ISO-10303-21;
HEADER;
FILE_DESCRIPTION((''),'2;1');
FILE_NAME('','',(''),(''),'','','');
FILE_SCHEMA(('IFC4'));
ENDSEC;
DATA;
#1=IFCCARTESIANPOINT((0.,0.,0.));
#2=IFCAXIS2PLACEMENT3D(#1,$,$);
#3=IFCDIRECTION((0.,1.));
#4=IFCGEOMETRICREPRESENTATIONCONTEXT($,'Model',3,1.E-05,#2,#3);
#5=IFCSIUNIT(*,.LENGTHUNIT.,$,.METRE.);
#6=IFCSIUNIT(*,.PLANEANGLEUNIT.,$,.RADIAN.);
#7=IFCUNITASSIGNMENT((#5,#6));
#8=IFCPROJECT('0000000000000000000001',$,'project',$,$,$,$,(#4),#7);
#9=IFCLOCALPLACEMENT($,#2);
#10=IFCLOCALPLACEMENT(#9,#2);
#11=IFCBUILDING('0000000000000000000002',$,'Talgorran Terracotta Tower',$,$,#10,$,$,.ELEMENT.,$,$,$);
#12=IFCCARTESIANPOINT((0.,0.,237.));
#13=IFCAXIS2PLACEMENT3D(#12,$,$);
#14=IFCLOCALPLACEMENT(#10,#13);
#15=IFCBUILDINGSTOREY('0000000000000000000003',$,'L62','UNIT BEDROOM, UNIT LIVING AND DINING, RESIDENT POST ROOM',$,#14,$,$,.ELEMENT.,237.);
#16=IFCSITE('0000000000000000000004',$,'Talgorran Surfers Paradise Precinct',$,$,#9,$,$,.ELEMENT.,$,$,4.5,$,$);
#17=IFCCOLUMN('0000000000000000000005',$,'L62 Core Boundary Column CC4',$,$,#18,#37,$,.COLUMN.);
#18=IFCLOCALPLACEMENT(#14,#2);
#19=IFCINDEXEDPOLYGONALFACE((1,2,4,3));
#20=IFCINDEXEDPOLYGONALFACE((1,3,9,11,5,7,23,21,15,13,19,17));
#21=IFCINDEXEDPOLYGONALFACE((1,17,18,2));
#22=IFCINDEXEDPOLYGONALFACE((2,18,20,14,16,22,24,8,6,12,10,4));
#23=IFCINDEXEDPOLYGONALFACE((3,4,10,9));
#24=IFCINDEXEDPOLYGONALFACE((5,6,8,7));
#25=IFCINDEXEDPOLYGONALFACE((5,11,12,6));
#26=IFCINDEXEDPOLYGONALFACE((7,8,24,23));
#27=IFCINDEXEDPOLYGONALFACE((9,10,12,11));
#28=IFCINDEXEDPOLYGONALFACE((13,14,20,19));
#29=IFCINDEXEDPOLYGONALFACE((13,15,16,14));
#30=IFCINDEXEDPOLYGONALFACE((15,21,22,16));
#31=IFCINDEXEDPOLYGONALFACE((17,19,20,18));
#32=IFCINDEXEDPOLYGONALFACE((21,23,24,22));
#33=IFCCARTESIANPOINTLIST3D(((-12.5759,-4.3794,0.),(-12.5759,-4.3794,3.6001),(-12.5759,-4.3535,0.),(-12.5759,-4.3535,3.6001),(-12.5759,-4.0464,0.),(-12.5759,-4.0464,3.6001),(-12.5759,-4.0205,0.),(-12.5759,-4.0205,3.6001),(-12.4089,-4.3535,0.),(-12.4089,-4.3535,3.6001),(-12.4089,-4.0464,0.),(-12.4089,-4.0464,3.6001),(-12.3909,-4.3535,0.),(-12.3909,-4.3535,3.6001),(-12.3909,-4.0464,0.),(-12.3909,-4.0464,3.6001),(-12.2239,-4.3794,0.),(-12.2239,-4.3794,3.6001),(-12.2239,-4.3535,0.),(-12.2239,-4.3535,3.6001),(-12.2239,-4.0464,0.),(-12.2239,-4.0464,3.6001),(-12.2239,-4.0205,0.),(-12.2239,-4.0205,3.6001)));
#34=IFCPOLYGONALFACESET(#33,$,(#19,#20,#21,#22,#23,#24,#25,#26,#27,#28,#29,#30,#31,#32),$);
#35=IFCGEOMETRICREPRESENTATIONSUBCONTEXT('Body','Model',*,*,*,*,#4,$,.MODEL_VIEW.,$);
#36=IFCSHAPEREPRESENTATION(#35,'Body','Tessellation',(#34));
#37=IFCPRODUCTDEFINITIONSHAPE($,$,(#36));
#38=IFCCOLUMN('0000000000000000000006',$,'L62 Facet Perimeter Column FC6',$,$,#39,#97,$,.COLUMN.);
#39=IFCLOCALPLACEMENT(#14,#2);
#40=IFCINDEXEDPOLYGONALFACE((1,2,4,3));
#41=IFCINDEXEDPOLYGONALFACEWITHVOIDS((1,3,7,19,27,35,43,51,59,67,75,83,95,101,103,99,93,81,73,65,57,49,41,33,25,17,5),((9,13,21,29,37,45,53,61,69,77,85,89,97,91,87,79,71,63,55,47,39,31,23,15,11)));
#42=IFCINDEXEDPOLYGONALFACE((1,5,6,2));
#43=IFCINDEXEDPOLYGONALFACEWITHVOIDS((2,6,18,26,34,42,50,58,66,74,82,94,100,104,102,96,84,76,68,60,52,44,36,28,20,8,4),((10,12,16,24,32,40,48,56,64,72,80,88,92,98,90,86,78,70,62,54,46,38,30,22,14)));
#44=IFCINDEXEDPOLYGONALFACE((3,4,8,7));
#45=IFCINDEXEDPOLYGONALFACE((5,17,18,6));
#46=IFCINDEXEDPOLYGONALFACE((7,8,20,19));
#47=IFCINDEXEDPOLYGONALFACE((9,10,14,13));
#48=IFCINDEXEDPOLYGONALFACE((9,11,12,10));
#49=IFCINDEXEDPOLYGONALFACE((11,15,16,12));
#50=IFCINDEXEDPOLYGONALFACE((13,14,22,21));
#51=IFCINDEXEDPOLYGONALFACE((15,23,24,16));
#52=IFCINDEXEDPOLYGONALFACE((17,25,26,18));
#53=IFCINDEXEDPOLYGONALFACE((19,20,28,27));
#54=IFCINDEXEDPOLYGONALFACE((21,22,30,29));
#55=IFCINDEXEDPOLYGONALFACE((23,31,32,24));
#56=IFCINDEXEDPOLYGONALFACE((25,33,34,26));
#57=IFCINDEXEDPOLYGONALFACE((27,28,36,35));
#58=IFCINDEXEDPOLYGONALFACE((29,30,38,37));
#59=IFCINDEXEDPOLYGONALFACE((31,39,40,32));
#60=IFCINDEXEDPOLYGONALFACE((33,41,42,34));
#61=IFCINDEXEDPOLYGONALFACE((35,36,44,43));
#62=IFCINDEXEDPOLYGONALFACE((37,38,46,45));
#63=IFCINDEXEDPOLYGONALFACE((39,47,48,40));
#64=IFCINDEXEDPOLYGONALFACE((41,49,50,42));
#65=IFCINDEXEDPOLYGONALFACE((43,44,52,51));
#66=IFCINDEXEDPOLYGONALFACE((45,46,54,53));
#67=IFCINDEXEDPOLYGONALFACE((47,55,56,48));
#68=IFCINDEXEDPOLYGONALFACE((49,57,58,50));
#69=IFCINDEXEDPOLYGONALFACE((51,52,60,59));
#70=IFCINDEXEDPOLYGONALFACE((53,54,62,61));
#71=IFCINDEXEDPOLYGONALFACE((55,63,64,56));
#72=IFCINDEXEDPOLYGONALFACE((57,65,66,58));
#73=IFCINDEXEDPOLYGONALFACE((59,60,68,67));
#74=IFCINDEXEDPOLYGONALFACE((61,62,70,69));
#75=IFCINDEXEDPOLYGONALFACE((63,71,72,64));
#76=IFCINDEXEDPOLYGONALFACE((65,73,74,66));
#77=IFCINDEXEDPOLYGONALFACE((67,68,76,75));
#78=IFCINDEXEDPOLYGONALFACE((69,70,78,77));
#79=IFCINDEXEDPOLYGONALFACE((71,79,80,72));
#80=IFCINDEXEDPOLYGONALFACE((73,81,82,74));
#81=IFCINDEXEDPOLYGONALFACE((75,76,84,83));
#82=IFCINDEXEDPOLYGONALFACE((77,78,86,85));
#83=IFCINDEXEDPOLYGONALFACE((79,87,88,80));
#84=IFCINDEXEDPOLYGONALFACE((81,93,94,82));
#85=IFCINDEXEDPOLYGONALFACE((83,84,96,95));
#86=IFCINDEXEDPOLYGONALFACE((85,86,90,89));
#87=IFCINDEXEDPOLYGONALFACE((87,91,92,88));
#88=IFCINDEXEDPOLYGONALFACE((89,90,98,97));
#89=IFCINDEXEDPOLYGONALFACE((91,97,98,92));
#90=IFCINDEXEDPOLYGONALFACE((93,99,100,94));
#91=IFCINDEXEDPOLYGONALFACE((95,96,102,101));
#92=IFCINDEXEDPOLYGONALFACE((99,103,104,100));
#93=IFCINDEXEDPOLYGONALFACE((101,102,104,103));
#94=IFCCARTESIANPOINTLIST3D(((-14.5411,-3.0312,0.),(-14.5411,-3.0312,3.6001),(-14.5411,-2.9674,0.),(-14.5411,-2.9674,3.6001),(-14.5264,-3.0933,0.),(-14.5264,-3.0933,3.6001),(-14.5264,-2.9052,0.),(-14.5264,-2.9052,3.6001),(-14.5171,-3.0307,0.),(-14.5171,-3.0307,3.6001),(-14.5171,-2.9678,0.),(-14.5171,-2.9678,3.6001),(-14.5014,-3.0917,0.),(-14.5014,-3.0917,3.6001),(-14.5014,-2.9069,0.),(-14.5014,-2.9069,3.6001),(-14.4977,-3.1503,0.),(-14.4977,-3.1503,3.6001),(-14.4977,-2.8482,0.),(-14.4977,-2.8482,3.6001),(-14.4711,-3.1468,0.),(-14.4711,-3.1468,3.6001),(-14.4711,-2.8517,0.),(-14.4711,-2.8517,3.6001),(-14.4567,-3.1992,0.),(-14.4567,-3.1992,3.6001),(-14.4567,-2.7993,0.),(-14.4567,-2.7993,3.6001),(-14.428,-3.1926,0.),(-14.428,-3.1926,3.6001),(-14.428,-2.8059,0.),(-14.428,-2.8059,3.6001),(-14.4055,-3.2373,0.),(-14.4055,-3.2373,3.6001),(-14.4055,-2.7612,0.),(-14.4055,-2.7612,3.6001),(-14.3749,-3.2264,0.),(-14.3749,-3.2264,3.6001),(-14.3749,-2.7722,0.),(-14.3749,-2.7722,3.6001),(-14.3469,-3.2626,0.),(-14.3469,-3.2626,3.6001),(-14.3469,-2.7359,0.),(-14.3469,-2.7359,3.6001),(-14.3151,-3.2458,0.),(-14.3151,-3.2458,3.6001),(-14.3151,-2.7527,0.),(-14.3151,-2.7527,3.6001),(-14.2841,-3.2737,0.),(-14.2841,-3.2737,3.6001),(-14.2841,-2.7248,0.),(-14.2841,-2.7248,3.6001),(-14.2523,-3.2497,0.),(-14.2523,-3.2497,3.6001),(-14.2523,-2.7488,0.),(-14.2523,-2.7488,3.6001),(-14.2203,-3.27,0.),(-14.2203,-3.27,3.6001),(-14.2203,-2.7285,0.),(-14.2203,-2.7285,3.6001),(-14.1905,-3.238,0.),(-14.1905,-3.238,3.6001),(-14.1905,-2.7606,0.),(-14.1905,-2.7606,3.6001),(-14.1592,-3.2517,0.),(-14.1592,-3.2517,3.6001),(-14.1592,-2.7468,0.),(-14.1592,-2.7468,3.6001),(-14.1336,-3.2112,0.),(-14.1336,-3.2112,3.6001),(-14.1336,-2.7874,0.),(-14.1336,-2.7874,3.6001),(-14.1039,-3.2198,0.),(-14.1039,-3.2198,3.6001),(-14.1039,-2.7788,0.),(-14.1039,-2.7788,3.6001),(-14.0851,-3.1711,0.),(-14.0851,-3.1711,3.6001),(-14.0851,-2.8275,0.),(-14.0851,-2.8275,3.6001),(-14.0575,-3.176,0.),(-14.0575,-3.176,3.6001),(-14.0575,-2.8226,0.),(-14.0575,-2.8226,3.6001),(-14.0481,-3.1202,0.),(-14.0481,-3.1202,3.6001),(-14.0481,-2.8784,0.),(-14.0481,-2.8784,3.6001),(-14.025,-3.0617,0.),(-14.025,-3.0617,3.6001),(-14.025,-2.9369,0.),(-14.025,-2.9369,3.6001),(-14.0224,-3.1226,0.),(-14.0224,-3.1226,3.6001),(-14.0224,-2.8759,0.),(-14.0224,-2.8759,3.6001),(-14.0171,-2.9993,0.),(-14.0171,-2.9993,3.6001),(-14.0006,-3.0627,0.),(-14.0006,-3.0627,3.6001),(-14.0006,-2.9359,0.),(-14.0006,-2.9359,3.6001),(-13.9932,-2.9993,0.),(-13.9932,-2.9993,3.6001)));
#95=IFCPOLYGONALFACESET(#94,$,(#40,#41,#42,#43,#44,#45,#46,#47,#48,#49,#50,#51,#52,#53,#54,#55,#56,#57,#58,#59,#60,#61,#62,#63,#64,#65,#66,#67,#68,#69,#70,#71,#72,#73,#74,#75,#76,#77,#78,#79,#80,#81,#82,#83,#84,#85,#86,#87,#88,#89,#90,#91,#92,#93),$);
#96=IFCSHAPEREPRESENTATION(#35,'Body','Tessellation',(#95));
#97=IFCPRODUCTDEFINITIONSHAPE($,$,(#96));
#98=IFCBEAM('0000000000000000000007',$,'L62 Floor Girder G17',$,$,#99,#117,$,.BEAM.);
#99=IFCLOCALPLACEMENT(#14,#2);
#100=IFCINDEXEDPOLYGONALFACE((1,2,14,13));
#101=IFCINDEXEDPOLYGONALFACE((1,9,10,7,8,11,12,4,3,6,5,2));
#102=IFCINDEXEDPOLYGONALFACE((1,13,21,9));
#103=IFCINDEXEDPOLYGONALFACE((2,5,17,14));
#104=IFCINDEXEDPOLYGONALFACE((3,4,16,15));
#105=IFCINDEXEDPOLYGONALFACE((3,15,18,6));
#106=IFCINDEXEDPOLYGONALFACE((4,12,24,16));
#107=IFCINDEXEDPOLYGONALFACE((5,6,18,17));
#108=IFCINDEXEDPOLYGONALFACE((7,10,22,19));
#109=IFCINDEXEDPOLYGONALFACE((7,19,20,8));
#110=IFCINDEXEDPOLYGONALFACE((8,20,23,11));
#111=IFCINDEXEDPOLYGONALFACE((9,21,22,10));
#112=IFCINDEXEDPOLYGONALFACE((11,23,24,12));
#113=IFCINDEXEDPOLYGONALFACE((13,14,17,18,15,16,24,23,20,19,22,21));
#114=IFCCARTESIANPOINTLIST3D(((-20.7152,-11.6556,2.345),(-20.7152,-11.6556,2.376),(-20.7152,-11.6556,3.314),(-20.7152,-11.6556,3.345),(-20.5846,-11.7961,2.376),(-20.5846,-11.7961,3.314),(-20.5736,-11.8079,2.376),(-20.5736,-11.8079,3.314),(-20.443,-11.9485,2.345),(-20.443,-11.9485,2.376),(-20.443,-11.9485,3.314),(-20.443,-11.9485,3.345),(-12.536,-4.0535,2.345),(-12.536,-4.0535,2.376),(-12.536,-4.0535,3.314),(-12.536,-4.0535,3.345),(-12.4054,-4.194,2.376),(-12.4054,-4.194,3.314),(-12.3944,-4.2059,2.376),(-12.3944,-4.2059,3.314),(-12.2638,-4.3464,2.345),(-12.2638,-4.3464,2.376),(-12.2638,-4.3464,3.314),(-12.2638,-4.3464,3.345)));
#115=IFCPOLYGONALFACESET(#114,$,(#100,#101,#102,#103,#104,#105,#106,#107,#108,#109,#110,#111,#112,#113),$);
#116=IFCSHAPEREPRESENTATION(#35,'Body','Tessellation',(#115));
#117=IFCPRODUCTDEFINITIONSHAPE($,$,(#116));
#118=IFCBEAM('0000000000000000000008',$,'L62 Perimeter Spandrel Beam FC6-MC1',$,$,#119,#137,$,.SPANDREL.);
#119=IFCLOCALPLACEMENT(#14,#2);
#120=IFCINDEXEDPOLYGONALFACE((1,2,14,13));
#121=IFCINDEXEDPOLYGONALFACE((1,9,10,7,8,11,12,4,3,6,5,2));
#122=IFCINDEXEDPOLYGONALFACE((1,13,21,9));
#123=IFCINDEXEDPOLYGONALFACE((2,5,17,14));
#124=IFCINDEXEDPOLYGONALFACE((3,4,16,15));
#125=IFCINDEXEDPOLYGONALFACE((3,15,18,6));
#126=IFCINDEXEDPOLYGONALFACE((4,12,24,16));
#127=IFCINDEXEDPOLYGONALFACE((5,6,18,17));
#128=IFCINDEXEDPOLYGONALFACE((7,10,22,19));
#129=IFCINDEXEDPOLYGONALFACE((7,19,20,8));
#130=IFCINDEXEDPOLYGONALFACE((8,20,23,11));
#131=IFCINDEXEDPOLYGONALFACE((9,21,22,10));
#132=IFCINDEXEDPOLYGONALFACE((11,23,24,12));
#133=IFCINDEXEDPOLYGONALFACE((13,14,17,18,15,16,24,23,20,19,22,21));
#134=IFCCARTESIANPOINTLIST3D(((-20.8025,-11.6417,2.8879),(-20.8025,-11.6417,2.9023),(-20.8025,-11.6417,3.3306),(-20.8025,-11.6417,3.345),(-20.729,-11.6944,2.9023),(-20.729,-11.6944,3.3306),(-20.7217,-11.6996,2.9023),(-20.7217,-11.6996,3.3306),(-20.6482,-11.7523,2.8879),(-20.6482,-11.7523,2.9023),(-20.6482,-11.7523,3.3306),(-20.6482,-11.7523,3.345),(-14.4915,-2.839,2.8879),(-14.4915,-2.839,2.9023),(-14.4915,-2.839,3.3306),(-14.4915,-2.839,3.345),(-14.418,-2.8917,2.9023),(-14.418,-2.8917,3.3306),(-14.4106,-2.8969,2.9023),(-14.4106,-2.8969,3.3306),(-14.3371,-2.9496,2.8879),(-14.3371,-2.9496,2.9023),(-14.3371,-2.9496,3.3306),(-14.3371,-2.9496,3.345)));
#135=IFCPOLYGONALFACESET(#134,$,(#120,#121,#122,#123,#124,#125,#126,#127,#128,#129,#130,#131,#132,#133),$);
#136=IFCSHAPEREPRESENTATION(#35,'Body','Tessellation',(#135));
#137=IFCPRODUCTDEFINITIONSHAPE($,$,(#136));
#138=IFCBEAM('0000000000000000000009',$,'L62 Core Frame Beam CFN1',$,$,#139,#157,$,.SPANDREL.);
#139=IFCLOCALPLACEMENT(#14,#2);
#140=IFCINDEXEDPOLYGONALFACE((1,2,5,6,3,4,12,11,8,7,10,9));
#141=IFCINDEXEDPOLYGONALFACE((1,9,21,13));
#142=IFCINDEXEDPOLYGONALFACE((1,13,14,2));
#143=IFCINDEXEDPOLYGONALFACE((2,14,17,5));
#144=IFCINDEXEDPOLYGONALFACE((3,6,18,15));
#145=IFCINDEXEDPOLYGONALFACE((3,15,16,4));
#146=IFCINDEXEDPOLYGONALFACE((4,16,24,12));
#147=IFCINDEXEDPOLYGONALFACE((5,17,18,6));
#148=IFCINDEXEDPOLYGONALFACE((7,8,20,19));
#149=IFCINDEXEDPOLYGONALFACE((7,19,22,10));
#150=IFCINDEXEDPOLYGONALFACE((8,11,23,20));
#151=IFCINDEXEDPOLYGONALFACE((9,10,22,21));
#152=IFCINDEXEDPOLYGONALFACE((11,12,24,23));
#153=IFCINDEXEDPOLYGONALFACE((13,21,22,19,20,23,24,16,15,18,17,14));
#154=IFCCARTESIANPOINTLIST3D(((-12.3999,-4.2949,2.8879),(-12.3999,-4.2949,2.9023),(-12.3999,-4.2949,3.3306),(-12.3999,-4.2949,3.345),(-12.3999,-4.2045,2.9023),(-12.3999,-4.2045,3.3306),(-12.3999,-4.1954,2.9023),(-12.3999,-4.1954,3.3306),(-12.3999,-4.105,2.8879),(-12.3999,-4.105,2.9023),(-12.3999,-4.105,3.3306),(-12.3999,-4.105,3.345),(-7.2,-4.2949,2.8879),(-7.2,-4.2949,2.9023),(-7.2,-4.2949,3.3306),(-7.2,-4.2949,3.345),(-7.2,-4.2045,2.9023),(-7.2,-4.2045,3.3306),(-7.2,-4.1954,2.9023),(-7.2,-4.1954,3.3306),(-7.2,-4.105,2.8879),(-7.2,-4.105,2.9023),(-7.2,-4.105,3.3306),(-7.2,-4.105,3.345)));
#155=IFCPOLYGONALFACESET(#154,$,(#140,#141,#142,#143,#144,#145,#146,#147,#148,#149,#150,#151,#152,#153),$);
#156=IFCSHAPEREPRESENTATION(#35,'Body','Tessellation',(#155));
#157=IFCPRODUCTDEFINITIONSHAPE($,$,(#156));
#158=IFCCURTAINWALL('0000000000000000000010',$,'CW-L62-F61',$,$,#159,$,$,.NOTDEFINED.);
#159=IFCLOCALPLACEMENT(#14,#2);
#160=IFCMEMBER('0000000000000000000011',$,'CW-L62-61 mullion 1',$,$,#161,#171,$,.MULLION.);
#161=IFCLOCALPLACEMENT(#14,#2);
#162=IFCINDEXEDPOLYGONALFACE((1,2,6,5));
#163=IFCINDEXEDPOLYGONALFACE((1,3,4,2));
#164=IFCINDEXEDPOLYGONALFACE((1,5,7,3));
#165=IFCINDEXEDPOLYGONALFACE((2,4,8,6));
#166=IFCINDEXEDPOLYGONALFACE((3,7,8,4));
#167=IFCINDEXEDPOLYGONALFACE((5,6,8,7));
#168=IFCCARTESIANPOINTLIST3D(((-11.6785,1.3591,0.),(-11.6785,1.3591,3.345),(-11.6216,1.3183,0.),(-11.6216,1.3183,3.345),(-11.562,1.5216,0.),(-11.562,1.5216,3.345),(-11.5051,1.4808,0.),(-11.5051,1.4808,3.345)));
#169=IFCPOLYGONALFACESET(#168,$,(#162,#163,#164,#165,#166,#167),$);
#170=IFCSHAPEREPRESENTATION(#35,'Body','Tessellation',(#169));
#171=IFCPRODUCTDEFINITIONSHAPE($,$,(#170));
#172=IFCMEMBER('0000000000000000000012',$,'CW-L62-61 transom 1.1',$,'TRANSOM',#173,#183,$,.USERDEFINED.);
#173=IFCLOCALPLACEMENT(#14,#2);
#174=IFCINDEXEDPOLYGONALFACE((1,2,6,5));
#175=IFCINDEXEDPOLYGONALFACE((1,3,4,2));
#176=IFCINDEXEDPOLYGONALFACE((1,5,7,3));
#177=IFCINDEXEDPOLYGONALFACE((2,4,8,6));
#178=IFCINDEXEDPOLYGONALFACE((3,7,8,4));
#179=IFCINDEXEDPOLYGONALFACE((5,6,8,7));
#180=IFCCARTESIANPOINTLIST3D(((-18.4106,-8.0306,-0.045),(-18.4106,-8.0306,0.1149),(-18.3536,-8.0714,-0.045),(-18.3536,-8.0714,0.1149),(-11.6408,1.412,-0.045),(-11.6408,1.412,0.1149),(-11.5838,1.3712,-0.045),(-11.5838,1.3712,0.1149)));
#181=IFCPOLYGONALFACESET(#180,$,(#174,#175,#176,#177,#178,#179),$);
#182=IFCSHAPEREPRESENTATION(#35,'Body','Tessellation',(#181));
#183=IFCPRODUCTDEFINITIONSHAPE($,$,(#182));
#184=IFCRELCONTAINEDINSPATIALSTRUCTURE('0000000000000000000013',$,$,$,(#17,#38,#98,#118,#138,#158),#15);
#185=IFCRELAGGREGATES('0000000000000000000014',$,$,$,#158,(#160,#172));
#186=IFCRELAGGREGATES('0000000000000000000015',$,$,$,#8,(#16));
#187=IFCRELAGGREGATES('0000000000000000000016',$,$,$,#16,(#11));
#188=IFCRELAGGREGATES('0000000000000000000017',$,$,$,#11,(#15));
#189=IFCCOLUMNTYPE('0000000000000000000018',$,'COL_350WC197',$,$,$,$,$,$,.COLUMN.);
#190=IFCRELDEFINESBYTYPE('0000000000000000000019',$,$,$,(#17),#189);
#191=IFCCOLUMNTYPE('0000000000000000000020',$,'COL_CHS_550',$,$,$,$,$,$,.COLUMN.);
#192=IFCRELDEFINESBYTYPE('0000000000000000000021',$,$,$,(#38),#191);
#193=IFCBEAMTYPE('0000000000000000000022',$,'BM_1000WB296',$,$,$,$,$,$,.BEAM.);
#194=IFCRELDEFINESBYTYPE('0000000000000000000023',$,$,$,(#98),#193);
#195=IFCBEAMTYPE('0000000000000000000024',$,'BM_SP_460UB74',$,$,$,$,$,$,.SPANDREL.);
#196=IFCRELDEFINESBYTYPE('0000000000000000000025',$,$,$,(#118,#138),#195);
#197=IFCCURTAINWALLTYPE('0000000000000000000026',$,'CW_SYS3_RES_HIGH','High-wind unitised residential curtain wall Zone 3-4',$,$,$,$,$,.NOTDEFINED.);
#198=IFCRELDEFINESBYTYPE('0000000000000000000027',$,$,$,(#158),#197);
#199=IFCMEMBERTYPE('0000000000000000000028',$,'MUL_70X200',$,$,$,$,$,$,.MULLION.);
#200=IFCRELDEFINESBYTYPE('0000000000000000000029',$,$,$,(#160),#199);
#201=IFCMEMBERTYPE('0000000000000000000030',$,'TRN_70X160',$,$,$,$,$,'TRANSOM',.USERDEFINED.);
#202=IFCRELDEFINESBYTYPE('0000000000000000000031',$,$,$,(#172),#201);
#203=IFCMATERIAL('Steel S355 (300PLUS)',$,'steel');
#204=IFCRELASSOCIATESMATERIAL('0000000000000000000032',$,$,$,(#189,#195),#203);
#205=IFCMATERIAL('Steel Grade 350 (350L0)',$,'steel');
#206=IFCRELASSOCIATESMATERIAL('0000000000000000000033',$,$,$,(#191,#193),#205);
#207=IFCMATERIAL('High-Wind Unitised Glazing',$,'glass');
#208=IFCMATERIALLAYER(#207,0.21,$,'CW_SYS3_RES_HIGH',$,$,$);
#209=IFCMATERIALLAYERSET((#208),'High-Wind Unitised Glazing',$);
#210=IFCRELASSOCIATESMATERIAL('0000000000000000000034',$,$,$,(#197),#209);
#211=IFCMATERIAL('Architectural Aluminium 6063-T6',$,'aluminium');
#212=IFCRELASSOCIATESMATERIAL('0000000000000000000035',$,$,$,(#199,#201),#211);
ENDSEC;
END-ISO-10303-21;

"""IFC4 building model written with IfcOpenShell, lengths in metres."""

from ifc_helpers import new_model, si_unit, direction, frame, origin, origin_2d, place, context, subcontext, project, spatial, rectangle, hollow_circle, i_section, extrude, material, layer, layer_set, material_profile, profile_set, type_object, element, aggregate, save


model = new_model("IFC4")

# Units and contexts
model_context = context("Model", 3, precision=1e-05, world=origin(), true_north=direction((0.0, 1.0)))
body_context = subcontext(model_context, "Body", "Model", "MODEL_VIEW")
ifc_project = project(units=[si_unit("LENGTHUNIT", "METRE"), si_unit("PLANEANGLEUNIT", "RADIAN")], contexts=[model_context])

# Site, building, storey
site_placement = place(None, origin())
site = spatial("IfcSite", under=ifc_project, at=site_placement, Name="Talgorran Surfers Paradise Precinct", CompositionType="ELEMENT", RefElevation=4.5)
building_placement = place(site_placement, origin())
building = spatial("IfcBuilding", under=site, at=building_placement, Name="Talgorran Terracotta Tower", CompositionType="ELEMENT")
storey_placement = place(building_placement, frame((0.0, 0.0, 237.0)))
storey = spatial("IfcBuildingStorey", under=building, at=storey_placement, Name="L62", Description="UNIT BEDROOM, UNIT LIVING AND DINING, RESIDENT POST ROOM", CompositionType="ELEMENT", Elevation=237.0)

# Columns
ifc_material_1 = material(Name="Steel S355 (300PLUS)", Category="steel")
ifc_material_profile_1 = material_profile(ifc_material_1, i_section(OverallWidth=0.3521, OverallDepth=0.3589, WebThickness=0.0181, FlangeThickness=0.0259, at=origin_2d()), Name="350WC197")
ifc_profile_set_1 = profile_set([ifc_material_profile_1], Name="Steel S355 (300PLUS)")
column_type_1 = type_object("IfcColumnType", Name="COL_350WC197", PredefinedType="COLUMN", material=ifc_profile_set_1)
column_1_placement = place(storey_placement, frame((-12.3999, -4.2, 0.0), z_axis=(0.0, 0.0, 1.0), x_axis=(1.0, 0.0, 0.0)))
element("IfcColumn", 1, at=column_1_placement, inside=storey, type_object=column_type_1, Name="L62 Core Boundary Column CC4", PredefinedType="COLUMN", context=body_context, shape_type="SweptSolid", body=[
    extrude(i_section(OverallWidth=0.3521, OverallDepth=0.3589, WebThickness=0.0181, FlangeThickness=0.0259, at=origin_2d()), origin(), (0.0, 0.0, 1.0), 3.6001),
])
ifc_material_2 = material(Name="Steel Grade 350 (350L0)", Category="steel")
ifc_material_profile_2 = material_profile(ifc_material_2, hollow_circle(Radius=0.2749, WallThickness=0.0239, at=origin_2d()), Name="CHS550X24")
ifc_profile_set_2 = profile_set([ifc_material_profile_2], Name="Steel Grade 350 (350L0)")
column_type_2 = type_object("IfcColumnType", Name="COL_CHS_550", PredefinedType="COLUMN", material=ifc_profile_set_2)
column_2_placement = place(storey_placement, frame((-14.2681, -2.9993, 0.0), z_axis=(0.0, 0.0, 1.0), x_axis=(1.0, 0.0, 0.0)))
element("IfcColumn", 2, at=column_2_placement, inside=storey, type_object=column_type_2, Name="L62 Facet Perimeter Column FC6", PredefinedType="COLUMN", context=body_context, shape_type="SweptSolid", body=[
    extrude(hollow_circle(Radius=0.2749, WallThickness=0.0239, at=origin_2d()), origin(), (0.0, 0.0, 1.0), 3.6001),
])

# Beams
ifc_material_profile_3 = material_profile(ifc_material_2, i_section(OverallWidth=0.3999, OverallDepth=1.0, WebThickness=0.0161, FlangeThickness=0.031, at=origin_2d()), Name="1000WB296")
ifc_profile_set_3 = profile_set([ifc_material_profile_3], Name="Steel Grade 350 (350L0)")
beam_type_1 = type_object("IfcBeamType", Name="BM_1000WB296", PredefinedType="BEAM", material=ifc_profile_set_3)
beam_1_placement = place(storey_placement, frame((-12.3999, -4.2, 2.845), z_axis=(-0.732477, -0.680792, 0.0), x_axis=(0.680792, -0.732477, 0.0)))
element("IfcBeam", 3, at=beam_1_placement, inside=storey, type_object=beam_type_1, Name="L62 Floor Girder G17", PredefinedType="BEAM", context=body_context, shape_type="SweptSolid", body=[
    extrude(i_section(OverallWidth=0.3999, OverallDepth=1.0, WebThickness=0.0161, FlangeThickness=0.031, at=origin_2d()), origin(), (0.0, 0.0, 1.0), 11.1665),
])
ifc_material_profile_4 = material_profile(ifc_material_1, i_section(OverallWidth=0.1899, OverallDepth=0.457, WebThickness=0.009, FlangeThickness=0.0144, at=origin_2d()), Name="460UB74.6")
ifc_profile_set_4 = profile_set([ifc_material_profile_4], Name="Steel S355 (300PLUS)")
beam_type_2 = type_object("IfcBeamType", Name="BM_SP_460UB74", PredefinedType="SPANDREL", material=ifc_profile_set_4)
beam_2_placement = place(storey_placement, frame((-14.4143, -2.8943, 3.1165), z_axis=(-0.582666, -0.812712, 0.0), x_axis=(0.812712, -0.582666, 0.0)))
element("IfcBeam", 4, at=beam_2_placement, inside=storey, type_object=beam_type_2, Name="L62 Perimeter Spandrel Beam FC6-MC1", PredefinedType="SPANDREL", context=body_context, shape_type="SweptSolid", body=[
    extrude(i_section(OverallWidth=0.1899, OverallDepth=0.457, WebThickness=0.009, FlangeThickness=0.0144, at=origin_2d()), origin(), (0.0, 0.0, 1.0), 10.8313),
])
beam_3_placement = place(storey_placement, frame((-12.3999, -4.2, 3.1165), z_axis=(1.0, 0.0, 0.0), x_axis=(0.0, 1.0, 0.0)))
element("IfcBeam", 5, at=beam_3_placement, inside=storey, type_object=beam_type_2, Name="L62 Core Frame Beam CFN1", PredefinedType="SPANDREL", context=body_context, shape_type="SweptSolid", body=[
    extrude(i_section(OverallWidth=0.1899, OverallDepth=0.457, WebThickness=0.009, FlangeThickness=0.0144, at=origin_2d()), origin(), (0.0, 0.0, 1.0), 5.2),
])

# Curtain wall, members
ifc_material_3 = material(Name="High-Wind Unitised Glazing", Category="glass")
ifc_layer_1 = layer(ifc_material_3, 0.21, Name="CW_SYS3_RES_HIGH")
ifc_layer_set_1 = layer_set([ifc_layer_1], Name="High-Wind Unitised Glazing")
curtain_wall_type = type_object("IfcCurtainWallType", Name="CW_SYS3_RES_HIGH", Description="High-wind unitised residential curtain wall Zone 3-4", PredefinedType="NOTDEFINED", material=ifc_layer_set_1)
curtain_wall_placement = place(storey_placement, origin())
curtain_wall = element("IfcCurtainWall", 6, at=curtain_wall_placement, inside=storey, type_object=curtain_wall_type, Name="CW-L62-F61", PredefinedType="NOTDEFINED")
ifc_material_4 = material(Name="Architectural Aluminium 6063-T6", Category="aluminium")
ifc_material_profile_5 = material_profile(ifc_material_4, rectangle(XDim=0.0701, YDim=0.2, at=origin_2d()), Name="CWM70X200")
ifc_profile_set_5 = profile_set([ifc_material_profile_5], Name="Architectural Aluminium 6063-T6")
member_type_1 = type_object("IfcMemberType", Name="MUL_70X200", PredefinedType="MULLION", material=ifc_profile_set_5)
member_1_placement = place(storey_placement, frame((-11.5918, 1.4199, 0.0), z_axis=(0.0, 0.0, 1.0), x_axis=(0.812711, -0.582668, 0.0)))
member_1 = element("IfcMember", 7, at=member_1_placement, type_object=member_type_1, Name="CW-L62-61 mullion 1", PredefinedType="MULLION", context=body_context, shape_type="SweptSolid", body=[
    extrude(rectangle(XDim=0.0701, YDim=0.2, at=origin_2d()), origin(), (0.0, 0.0, 1.0), 3.345),
])
ifc_material_profile_6 = material_profile(ifc_material_4, rectangle(XDim=0.0701, YDim=0.1599, at=origin_2d()), Name="CWT70X160")
ifc_profile_set_6 = profile_set([ifc_material_profile_6], Name="Architectural Aluminium 6063-T6")
member_type_2 = type_object("IfcMemberType", Name="TRN_70X160", ElementType="TRANSOM", PredefinedType="USERDEFINED", material=ifc_profile_set_6)
member_2_placement = place(storey_placement, frame((-11.6123, 1.3916, 0.0349), z_axis=(-0.582664, -0.812713, 0.0), x_axis=(0.812713, -0.582664, 0.0)))
member_2 = element("IfcMember", 8, at=member_2_placement, type_object=member_type_2, Name="CW-L62-61 transom 1.1", ObjectType="TRANSOM", PredefinedType="USERDEFINED", context=body_context, shape_type="SweptSolid", body=[
    extrude(rectangle(XDim=0.0701, YDim=0.1599, at=origin_2d()), origin(), (0.0, 0.0, 1.0), 11.6187),
])
aggregate(curtain_wall, [member_1, member_2])

save(model, "model.ifc")
